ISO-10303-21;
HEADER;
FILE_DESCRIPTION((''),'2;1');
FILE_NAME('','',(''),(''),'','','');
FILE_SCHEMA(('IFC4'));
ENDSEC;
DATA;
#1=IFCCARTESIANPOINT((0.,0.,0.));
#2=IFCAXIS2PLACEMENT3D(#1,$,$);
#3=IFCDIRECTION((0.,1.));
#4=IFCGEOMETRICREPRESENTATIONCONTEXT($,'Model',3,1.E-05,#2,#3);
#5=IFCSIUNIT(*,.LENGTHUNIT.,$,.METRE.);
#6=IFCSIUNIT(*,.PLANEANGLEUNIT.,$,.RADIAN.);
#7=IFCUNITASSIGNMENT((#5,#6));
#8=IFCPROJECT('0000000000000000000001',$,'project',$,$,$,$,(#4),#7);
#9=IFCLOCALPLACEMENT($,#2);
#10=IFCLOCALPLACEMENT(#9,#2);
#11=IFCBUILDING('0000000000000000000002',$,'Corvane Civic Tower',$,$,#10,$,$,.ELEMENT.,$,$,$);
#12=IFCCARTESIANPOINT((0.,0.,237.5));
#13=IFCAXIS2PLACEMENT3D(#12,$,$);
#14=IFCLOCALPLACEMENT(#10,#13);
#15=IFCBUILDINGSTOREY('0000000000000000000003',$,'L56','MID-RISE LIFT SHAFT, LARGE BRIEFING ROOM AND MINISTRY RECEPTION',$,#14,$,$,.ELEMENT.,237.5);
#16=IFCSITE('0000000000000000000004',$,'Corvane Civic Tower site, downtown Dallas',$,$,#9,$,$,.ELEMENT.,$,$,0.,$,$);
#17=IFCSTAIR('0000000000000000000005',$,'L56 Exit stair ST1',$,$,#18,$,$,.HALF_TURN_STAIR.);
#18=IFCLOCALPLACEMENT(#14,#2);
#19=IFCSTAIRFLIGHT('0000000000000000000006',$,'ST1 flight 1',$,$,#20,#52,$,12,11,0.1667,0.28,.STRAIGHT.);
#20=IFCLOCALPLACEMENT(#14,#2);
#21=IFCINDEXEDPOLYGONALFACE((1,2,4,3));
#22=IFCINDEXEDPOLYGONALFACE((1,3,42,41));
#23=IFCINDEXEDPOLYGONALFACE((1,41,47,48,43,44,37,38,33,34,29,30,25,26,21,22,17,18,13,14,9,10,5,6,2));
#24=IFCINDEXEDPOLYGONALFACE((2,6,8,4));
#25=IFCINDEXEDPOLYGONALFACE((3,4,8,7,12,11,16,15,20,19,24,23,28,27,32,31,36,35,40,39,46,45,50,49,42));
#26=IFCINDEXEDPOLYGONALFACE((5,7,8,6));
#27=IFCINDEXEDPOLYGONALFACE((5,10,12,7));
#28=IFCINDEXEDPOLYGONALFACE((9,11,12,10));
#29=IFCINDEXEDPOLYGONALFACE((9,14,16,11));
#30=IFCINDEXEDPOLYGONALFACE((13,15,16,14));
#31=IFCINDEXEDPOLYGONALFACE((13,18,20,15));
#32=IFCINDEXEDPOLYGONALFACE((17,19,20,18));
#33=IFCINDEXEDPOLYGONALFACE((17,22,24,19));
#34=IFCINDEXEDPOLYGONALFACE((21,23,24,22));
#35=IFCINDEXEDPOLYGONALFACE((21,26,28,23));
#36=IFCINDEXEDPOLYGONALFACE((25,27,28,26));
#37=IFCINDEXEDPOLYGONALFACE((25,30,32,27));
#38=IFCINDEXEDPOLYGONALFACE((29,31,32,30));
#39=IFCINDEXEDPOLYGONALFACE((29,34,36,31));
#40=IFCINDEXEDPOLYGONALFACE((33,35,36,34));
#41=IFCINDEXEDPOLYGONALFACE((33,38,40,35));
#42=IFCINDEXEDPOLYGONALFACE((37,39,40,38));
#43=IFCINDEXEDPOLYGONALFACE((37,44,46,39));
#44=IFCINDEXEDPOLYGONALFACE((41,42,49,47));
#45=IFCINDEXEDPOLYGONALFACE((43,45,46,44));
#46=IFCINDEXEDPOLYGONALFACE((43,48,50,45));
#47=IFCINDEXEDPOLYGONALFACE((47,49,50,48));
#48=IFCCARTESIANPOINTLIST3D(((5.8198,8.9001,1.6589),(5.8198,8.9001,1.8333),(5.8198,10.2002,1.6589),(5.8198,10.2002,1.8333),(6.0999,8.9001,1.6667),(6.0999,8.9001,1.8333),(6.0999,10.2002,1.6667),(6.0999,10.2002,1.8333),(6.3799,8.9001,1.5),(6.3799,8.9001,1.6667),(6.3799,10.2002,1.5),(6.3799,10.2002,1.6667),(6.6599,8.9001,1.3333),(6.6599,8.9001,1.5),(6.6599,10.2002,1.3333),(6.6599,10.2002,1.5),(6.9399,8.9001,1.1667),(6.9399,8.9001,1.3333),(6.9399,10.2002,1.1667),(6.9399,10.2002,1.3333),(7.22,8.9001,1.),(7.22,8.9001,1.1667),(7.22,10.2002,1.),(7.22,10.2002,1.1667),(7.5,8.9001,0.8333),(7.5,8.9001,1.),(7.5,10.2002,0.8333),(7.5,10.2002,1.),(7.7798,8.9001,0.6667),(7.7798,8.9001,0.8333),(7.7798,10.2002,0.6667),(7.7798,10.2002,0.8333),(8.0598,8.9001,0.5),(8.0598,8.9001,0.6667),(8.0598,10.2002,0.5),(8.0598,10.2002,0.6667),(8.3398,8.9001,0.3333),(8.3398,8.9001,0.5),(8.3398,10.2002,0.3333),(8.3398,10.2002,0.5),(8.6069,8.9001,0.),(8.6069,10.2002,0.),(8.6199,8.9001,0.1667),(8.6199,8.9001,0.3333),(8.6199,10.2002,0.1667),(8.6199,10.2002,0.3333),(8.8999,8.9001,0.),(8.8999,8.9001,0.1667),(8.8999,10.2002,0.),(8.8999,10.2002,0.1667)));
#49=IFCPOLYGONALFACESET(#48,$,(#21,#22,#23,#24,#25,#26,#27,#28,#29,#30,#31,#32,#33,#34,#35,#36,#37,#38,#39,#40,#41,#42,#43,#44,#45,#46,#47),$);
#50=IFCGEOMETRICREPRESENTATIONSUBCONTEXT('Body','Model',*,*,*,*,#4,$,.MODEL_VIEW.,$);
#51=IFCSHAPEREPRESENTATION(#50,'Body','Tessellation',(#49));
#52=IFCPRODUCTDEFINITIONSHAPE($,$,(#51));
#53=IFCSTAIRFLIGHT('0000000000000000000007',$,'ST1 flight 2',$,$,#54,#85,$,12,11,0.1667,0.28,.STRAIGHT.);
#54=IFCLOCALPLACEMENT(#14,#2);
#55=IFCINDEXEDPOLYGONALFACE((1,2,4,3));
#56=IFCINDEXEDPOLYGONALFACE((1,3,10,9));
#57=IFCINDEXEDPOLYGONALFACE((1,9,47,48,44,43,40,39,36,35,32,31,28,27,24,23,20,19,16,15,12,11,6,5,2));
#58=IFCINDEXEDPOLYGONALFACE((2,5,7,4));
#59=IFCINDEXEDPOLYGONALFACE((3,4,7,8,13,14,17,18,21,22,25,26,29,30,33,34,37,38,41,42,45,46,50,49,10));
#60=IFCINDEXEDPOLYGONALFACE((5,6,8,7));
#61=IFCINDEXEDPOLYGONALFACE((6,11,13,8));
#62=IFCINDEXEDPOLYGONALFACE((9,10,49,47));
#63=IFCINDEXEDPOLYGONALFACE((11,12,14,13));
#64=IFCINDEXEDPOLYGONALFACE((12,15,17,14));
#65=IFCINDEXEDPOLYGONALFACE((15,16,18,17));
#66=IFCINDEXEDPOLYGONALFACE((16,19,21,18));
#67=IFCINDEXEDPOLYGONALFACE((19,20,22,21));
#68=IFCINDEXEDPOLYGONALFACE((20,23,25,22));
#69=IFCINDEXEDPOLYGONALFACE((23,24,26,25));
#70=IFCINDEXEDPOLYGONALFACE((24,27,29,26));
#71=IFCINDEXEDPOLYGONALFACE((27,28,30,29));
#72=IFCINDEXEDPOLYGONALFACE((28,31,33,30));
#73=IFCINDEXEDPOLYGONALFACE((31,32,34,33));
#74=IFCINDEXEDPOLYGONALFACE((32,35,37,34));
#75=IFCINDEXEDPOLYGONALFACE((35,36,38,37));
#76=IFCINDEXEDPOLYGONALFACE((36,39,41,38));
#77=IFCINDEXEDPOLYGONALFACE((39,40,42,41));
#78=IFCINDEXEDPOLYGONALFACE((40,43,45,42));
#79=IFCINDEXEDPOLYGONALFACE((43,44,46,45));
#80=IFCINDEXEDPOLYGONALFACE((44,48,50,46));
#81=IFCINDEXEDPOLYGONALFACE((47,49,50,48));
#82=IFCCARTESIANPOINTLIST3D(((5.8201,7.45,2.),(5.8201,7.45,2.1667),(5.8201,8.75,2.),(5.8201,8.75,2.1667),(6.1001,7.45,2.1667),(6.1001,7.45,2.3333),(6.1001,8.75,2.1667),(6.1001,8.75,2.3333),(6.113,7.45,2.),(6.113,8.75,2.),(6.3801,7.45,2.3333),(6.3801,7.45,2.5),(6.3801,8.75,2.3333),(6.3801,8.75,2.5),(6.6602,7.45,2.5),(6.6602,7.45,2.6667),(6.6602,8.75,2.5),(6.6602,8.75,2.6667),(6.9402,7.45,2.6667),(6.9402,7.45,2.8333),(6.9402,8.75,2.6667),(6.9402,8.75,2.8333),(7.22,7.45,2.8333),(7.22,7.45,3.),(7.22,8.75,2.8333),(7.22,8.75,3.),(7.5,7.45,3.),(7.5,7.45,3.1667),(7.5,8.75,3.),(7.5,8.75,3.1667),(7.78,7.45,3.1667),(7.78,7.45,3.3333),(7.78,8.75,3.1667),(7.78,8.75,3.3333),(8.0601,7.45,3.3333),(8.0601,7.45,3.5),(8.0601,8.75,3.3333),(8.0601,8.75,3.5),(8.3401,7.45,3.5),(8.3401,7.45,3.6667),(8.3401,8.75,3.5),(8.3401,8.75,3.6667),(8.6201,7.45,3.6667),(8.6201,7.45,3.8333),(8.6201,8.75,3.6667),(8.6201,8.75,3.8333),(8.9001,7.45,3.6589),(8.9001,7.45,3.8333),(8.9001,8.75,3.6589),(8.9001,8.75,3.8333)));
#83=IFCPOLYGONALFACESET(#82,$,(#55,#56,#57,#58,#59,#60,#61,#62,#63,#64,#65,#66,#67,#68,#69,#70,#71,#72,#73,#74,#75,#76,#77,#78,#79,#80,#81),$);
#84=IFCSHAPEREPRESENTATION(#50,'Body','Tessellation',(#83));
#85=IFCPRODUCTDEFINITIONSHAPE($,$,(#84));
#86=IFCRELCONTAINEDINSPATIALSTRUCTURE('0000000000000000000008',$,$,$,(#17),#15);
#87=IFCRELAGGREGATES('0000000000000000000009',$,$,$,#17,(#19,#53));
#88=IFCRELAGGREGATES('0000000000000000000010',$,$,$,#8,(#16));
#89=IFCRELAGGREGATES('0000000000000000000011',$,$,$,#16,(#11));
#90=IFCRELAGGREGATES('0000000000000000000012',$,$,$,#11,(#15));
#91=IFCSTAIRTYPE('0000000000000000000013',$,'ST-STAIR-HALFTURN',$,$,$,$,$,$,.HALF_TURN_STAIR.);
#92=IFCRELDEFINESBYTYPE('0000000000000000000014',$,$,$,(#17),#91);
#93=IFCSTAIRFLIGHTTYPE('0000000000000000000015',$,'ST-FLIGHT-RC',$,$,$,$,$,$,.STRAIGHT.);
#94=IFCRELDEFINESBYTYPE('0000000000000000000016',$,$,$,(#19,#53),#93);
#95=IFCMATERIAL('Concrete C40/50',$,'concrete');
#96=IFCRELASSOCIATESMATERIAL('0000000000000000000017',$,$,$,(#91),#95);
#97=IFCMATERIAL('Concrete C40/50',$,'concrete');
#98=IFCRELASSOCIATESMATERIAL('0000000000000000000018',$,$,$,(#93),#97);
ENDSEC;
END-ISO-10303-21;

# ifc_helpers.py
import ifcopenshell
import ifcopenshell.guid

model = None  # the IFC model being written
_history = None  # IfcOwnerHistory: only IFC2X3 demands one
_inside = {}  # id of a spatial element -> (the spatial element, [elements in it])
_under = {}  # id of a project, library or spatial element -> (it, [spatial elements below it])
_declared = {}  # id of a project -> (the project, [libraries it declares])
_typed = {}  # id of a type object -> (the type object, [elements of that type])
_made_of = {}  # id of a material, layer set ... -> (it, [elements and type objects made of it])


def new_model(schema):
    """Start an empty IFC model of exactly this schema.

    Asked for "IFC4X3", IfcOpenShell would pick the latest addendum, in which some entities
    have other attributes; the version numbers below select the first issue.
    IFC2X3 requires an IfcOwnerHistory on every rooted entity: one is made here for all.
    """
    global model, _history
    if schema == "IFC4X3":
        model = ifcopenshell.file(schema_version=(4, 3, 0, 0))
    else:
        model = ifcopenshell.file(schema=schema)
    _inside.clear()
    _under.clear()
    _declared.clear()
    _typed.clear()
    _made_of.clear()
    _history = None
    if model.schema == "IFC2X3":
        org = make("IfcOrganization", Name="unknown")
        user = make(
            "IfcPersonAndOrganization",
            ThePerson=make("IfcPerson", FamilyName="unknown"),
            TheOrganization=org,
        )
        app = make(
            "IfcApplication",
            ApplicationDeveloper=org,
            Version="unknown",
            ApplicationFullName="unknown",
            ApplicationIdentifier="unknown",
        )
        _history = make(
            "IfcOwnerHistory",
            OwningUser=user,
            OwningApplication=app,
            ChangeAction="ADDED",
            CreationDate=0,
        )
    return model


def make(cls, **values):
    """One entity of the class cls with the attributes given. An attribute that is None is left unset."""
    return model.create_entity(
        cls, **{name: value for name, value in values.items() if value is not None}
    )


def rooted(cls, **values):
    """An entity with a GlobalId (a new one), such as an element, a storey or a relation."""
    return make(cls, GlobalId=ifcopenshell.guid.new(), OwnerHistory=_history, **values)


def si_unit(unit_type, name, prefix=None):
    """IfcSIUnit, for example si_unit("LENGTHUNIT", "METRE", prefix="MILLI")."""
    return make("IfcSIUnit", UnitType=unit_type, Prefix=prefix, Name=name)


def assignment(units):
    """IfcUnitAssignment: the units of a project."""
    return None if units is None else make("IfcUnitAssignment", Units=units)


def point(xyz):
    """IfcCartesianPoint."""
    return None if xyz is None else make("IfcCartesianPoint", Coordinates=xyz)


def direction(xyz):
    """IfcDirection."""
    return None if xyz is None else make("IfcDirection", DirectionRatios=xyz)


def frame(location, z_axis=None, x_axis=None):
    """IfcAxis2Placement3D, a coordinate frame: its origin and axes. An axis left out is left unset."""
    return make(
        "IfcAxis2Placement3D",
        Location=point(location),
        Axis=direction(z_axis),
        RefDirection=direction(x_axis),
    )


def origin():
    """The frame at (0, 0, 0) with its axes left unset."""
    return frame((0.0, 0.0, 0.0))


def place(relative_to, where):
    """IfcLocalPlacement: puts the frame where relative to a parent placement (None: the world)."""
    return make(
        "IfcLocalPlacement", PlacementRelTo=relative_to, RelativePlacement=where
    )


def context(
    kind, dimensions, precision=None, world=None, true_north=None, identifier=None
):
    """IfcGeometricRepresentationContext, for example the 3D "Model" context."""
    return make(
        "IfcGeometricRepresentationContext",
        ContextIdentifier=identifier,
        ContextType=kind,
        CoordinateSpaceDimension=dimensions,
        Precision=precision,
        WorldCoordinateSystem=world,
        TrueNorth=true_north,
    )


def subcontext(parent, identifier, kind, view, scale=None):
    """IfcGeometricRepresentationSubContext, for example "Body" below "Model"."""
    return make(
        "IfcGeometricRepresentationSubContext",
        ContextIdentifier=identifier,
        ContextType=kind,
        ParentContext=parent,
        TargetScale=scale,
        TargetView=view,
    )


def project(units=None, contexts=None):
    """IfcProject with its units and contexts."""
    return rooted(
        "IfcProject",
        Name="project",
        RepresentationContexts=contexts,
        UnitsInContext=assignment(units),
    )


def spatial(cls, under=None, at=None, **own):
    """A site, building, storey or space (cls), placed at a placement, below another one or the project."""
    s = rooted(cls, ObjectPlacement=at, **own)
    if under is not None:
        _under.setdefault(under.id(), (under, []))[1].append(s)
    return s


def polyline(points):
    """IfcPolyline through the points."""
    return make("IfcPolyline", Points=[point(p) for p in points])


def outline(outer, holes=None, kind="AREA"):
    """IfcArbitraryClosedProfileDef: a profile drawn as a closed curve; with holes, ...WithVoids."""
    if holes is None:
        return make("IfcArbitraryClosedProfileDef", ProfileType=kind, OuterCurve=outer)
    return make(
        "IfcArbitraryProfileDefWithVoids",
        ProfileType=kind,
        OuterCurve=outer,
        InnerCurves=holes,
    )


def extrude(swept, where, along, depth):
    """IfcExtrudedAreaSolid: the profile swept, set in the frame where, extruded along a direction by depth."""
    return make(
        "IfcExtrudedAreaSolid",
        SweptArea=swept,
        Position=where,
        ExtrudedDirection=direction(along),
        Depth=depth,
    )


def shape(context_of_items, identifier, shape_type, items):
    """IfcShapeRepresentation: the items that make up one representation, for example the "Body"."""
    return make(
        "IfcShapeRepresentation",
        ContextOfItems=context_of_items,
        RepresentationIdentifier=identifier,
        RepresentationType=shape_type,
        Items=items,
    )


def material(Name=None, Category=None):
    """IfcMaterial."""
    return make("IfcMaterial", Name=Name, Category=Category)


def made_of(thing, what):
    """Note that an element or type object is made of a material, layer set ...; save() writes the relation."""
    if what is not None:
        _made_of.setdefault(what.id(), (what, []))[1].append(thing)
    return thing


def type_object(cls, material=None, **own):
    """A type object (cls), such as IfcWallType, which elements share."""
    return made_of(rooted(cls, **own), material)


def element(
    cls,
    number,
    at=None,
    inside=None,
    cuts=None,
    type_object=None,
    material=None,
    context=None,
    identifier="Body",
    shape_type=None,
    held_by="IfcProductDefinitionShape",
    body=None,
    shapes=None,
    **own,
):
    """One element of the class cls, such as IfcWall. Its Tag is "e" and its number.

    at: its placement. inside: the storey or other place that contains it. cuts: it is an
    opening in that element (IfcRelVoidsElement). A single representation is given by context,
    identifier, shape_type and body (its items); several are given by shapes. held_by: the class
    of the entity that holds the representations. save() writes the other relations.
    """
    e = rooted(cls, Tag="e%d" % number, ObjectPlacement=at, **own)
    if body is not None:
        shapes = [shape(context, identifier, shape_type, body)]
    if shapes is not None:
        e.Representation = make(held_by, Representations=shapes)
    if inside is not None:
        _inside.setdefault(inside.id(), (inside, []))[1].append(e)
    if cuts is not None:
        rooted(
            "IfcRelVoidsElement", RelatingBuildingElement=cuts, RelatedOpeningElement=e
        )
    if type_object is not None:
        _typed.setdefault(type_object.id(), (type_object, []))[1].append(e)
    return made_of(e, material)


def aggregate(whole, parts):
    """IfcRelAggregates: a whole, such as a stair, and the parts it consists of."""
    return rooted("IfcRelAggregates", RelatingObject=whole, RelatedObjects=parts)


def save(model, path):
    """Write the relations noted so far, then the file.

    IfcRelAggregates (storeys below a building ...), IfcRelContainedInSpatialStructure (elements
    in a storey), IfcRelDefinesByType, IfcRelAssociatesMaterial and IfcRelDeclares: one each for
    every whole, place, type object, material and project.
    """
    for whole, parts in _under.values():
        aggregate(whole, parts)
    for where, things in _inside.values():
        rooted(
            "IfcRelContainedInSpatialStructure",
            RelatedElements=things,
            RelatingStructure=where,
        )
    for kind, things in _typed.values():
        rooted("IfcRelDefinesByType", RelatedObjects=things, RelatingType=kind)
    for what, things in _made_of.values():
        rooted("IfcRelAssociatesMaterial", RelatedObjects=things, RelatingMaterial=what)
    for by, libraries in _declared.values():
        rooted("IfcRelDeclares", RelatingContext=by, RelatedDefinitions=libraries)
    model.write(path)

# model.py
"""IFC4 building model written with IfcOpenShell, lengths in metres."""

from ifc_helpers import new_model, si_unit, direction, frame, origin, place, context, subcontext, project, spatial, polyline, outline, extrude, material, type_object, element, aggregate, save


model = new_model("IFC4")

# Units and contexts
model_context = context("Model", 3, precision=1e-05, world=origin(), true_north=direction((0.0, 1.0)))
body_context = subcontext(model_context, "Body", "Model", "MODEL_VIEW")
ifc_project = project(units=[si_unit("LENGTHUNIT", "METRE"), si_unit("PLANEANGLEUNIT", "RADIAN")], contexts=[model_context])

# Site, building, storey
site_placement = place(None, origin())
site = spatial("IfcSite", under=ifc_project, at=site_placement, Name="Corvane Civic Tower site, downtown Dallas", CompositionType="ELEMENT", RefElevation=0.0)
building_placement = place(site_placement, origin())
building = spatial("IfcBuilding", under=site, at=building_placement, Name="Corvane Civic Tower", CompositionType="ELEMENT")
storey_placement = place(building_placement, frame((0.0, 0.0, 237.5)))
storey = spatial("IfcBuildingStorey", under=building, at=storey_placement, Name="L56", Description="MID-RISE LIFT SHAFT, LARGE BRIEFING ROOM AND MINISTRY RECEPTION", CompositionType="ELEMENT", Elevation=237.5)

# Stair, stair flights
ifc_material_1 = material(Name="Concrete C40/50", Category="concrete")
stair_type = type_object("IfcStairType", Name="ST-STAIR-HALFTURN", PredefinedType="HALF_TURN_STAIR", material=ifc_material_1)
stair_placement = place(storey_placement, origin())
stair = element("IfcStair", 1, at=stair_placement, inside=storey, type_object=stair_type, Name="L56 Exit stair ST1", PredefinedType="HALF_TURN_STAIR")
ifc_material_2 = material(Name="Concrete C40/50", Category="concrete")
stair_flight_type = type_object("IfcStairFlightType", Name="ST-FLIGHT-RC", PredefinedType="STRAIGHT", material=ifc_material_2)
stair_flight_1_placement = place(storey_placement, frame((8.8999, 9.55, 0.0), z_axis=(0.0, 0.0, 1.0), x_axis=(-1.0, 0.0, 0.0)))
stair_flight_1 = element("IfcStairFlight", 2, at=stair_flight_1_placement, type_object=stair_flight_type, Name="ST1 flight 1", NumberOfRisers=12, NumberOfTreads=11, PredefinedType="STRAIGHT", RiserHeight=0.1667, TreadLength=0.28, context=body_context, shape_type="SweptSolid", body=[
    extrude(outline(polyline([(0.0, 0.0), (0.0, 0.1667), (0.28, 0.1667), (0.28, 0.3333), (0.5601, 0.3333), (0.5601, 0.5), (0.8401, 0.5), (0.8401, 0.6667), (1.1201, 0.6667), (1.1201, 0.8333), (1.3999, 0.8333), (1.3999, 1.0), (1.6799, 1.0), (1.6799, 1.1667), (1.96, 1.1667), (1.96, 1.3333), (2.24, 1.3333), (2.24, 1.5), (2.52, 1.5), (2.52, 1.6667), (2.8, 1.6667), (2.8, 1.8333), (3.0801, 1.8333), (3.0801, 2.0), (3.0801, 1.6589), (0.293, 0.0), (0.0, 0.0)])), frame((0.0, 0.6499, 0.0), z_axis=(0.0, -1.0, 0.0), x_axis=(1.0, 0.0, 0.0)), (0.0, 0.0, 1.0), 1.3),
])
stair_flight_2_placement = place(storey_placement, frame((5.8201, 8.1001, 2.0), z_axis=(0.0, 0.0, 1.0), x_axis=(1.0, 0.0, 0.0)))
stair_flight_2 = element("IfcStairFlight", 3, at=stair_flight_2_placement, type_object=stair_flight_type, Name="ST1 flight 2", NumberOfRisers=12, NumberOfTreads=11, PredefinedType="STRAIGHT", RiserHeight=0.1667, TreadLength=0.28, context=body_context, shape_type="SweptSolid", body=[
    extrude(outline(polyline([(0.0, 0.0), (0.0, 0.1667), (0.28, 0.1667), (0.28, 0.3333), (0.5601, 0.3333), (0.5601, 0.5), (0.8401, 0.5), (0.8401, 0.6667), (1.1201, 0.6667), (1.1201, 0.8333), (1.3999, 0.8333), (1.3999, 1.0), (1.6799, 1.0), (1.6799, 1.1667), (1.96, 1.1667), (1.96, 1.3333), (2.24, 1.3333), (2.24, 1.5), (2.52, 1.5), (2.52, 1.6667), (2.8, 1.6667), (2.8, 1.8333), (3.0801, 1.8333), (3.0801, 2.0), (3.0801, 1.6589), (0.293, 0.0), (0.0, 0.0)])), frame((0.0, 0.6499, 0.0), z_axis=(0.0, -1.0, 0.0), x_axis=(1.0, 0.0, 0.0)), (0.0, 0.0, 1.0), 1.3),
])
aggregate(stair, [stair_flight_1, stair_flight_2])

save(model, "model.ifc")
